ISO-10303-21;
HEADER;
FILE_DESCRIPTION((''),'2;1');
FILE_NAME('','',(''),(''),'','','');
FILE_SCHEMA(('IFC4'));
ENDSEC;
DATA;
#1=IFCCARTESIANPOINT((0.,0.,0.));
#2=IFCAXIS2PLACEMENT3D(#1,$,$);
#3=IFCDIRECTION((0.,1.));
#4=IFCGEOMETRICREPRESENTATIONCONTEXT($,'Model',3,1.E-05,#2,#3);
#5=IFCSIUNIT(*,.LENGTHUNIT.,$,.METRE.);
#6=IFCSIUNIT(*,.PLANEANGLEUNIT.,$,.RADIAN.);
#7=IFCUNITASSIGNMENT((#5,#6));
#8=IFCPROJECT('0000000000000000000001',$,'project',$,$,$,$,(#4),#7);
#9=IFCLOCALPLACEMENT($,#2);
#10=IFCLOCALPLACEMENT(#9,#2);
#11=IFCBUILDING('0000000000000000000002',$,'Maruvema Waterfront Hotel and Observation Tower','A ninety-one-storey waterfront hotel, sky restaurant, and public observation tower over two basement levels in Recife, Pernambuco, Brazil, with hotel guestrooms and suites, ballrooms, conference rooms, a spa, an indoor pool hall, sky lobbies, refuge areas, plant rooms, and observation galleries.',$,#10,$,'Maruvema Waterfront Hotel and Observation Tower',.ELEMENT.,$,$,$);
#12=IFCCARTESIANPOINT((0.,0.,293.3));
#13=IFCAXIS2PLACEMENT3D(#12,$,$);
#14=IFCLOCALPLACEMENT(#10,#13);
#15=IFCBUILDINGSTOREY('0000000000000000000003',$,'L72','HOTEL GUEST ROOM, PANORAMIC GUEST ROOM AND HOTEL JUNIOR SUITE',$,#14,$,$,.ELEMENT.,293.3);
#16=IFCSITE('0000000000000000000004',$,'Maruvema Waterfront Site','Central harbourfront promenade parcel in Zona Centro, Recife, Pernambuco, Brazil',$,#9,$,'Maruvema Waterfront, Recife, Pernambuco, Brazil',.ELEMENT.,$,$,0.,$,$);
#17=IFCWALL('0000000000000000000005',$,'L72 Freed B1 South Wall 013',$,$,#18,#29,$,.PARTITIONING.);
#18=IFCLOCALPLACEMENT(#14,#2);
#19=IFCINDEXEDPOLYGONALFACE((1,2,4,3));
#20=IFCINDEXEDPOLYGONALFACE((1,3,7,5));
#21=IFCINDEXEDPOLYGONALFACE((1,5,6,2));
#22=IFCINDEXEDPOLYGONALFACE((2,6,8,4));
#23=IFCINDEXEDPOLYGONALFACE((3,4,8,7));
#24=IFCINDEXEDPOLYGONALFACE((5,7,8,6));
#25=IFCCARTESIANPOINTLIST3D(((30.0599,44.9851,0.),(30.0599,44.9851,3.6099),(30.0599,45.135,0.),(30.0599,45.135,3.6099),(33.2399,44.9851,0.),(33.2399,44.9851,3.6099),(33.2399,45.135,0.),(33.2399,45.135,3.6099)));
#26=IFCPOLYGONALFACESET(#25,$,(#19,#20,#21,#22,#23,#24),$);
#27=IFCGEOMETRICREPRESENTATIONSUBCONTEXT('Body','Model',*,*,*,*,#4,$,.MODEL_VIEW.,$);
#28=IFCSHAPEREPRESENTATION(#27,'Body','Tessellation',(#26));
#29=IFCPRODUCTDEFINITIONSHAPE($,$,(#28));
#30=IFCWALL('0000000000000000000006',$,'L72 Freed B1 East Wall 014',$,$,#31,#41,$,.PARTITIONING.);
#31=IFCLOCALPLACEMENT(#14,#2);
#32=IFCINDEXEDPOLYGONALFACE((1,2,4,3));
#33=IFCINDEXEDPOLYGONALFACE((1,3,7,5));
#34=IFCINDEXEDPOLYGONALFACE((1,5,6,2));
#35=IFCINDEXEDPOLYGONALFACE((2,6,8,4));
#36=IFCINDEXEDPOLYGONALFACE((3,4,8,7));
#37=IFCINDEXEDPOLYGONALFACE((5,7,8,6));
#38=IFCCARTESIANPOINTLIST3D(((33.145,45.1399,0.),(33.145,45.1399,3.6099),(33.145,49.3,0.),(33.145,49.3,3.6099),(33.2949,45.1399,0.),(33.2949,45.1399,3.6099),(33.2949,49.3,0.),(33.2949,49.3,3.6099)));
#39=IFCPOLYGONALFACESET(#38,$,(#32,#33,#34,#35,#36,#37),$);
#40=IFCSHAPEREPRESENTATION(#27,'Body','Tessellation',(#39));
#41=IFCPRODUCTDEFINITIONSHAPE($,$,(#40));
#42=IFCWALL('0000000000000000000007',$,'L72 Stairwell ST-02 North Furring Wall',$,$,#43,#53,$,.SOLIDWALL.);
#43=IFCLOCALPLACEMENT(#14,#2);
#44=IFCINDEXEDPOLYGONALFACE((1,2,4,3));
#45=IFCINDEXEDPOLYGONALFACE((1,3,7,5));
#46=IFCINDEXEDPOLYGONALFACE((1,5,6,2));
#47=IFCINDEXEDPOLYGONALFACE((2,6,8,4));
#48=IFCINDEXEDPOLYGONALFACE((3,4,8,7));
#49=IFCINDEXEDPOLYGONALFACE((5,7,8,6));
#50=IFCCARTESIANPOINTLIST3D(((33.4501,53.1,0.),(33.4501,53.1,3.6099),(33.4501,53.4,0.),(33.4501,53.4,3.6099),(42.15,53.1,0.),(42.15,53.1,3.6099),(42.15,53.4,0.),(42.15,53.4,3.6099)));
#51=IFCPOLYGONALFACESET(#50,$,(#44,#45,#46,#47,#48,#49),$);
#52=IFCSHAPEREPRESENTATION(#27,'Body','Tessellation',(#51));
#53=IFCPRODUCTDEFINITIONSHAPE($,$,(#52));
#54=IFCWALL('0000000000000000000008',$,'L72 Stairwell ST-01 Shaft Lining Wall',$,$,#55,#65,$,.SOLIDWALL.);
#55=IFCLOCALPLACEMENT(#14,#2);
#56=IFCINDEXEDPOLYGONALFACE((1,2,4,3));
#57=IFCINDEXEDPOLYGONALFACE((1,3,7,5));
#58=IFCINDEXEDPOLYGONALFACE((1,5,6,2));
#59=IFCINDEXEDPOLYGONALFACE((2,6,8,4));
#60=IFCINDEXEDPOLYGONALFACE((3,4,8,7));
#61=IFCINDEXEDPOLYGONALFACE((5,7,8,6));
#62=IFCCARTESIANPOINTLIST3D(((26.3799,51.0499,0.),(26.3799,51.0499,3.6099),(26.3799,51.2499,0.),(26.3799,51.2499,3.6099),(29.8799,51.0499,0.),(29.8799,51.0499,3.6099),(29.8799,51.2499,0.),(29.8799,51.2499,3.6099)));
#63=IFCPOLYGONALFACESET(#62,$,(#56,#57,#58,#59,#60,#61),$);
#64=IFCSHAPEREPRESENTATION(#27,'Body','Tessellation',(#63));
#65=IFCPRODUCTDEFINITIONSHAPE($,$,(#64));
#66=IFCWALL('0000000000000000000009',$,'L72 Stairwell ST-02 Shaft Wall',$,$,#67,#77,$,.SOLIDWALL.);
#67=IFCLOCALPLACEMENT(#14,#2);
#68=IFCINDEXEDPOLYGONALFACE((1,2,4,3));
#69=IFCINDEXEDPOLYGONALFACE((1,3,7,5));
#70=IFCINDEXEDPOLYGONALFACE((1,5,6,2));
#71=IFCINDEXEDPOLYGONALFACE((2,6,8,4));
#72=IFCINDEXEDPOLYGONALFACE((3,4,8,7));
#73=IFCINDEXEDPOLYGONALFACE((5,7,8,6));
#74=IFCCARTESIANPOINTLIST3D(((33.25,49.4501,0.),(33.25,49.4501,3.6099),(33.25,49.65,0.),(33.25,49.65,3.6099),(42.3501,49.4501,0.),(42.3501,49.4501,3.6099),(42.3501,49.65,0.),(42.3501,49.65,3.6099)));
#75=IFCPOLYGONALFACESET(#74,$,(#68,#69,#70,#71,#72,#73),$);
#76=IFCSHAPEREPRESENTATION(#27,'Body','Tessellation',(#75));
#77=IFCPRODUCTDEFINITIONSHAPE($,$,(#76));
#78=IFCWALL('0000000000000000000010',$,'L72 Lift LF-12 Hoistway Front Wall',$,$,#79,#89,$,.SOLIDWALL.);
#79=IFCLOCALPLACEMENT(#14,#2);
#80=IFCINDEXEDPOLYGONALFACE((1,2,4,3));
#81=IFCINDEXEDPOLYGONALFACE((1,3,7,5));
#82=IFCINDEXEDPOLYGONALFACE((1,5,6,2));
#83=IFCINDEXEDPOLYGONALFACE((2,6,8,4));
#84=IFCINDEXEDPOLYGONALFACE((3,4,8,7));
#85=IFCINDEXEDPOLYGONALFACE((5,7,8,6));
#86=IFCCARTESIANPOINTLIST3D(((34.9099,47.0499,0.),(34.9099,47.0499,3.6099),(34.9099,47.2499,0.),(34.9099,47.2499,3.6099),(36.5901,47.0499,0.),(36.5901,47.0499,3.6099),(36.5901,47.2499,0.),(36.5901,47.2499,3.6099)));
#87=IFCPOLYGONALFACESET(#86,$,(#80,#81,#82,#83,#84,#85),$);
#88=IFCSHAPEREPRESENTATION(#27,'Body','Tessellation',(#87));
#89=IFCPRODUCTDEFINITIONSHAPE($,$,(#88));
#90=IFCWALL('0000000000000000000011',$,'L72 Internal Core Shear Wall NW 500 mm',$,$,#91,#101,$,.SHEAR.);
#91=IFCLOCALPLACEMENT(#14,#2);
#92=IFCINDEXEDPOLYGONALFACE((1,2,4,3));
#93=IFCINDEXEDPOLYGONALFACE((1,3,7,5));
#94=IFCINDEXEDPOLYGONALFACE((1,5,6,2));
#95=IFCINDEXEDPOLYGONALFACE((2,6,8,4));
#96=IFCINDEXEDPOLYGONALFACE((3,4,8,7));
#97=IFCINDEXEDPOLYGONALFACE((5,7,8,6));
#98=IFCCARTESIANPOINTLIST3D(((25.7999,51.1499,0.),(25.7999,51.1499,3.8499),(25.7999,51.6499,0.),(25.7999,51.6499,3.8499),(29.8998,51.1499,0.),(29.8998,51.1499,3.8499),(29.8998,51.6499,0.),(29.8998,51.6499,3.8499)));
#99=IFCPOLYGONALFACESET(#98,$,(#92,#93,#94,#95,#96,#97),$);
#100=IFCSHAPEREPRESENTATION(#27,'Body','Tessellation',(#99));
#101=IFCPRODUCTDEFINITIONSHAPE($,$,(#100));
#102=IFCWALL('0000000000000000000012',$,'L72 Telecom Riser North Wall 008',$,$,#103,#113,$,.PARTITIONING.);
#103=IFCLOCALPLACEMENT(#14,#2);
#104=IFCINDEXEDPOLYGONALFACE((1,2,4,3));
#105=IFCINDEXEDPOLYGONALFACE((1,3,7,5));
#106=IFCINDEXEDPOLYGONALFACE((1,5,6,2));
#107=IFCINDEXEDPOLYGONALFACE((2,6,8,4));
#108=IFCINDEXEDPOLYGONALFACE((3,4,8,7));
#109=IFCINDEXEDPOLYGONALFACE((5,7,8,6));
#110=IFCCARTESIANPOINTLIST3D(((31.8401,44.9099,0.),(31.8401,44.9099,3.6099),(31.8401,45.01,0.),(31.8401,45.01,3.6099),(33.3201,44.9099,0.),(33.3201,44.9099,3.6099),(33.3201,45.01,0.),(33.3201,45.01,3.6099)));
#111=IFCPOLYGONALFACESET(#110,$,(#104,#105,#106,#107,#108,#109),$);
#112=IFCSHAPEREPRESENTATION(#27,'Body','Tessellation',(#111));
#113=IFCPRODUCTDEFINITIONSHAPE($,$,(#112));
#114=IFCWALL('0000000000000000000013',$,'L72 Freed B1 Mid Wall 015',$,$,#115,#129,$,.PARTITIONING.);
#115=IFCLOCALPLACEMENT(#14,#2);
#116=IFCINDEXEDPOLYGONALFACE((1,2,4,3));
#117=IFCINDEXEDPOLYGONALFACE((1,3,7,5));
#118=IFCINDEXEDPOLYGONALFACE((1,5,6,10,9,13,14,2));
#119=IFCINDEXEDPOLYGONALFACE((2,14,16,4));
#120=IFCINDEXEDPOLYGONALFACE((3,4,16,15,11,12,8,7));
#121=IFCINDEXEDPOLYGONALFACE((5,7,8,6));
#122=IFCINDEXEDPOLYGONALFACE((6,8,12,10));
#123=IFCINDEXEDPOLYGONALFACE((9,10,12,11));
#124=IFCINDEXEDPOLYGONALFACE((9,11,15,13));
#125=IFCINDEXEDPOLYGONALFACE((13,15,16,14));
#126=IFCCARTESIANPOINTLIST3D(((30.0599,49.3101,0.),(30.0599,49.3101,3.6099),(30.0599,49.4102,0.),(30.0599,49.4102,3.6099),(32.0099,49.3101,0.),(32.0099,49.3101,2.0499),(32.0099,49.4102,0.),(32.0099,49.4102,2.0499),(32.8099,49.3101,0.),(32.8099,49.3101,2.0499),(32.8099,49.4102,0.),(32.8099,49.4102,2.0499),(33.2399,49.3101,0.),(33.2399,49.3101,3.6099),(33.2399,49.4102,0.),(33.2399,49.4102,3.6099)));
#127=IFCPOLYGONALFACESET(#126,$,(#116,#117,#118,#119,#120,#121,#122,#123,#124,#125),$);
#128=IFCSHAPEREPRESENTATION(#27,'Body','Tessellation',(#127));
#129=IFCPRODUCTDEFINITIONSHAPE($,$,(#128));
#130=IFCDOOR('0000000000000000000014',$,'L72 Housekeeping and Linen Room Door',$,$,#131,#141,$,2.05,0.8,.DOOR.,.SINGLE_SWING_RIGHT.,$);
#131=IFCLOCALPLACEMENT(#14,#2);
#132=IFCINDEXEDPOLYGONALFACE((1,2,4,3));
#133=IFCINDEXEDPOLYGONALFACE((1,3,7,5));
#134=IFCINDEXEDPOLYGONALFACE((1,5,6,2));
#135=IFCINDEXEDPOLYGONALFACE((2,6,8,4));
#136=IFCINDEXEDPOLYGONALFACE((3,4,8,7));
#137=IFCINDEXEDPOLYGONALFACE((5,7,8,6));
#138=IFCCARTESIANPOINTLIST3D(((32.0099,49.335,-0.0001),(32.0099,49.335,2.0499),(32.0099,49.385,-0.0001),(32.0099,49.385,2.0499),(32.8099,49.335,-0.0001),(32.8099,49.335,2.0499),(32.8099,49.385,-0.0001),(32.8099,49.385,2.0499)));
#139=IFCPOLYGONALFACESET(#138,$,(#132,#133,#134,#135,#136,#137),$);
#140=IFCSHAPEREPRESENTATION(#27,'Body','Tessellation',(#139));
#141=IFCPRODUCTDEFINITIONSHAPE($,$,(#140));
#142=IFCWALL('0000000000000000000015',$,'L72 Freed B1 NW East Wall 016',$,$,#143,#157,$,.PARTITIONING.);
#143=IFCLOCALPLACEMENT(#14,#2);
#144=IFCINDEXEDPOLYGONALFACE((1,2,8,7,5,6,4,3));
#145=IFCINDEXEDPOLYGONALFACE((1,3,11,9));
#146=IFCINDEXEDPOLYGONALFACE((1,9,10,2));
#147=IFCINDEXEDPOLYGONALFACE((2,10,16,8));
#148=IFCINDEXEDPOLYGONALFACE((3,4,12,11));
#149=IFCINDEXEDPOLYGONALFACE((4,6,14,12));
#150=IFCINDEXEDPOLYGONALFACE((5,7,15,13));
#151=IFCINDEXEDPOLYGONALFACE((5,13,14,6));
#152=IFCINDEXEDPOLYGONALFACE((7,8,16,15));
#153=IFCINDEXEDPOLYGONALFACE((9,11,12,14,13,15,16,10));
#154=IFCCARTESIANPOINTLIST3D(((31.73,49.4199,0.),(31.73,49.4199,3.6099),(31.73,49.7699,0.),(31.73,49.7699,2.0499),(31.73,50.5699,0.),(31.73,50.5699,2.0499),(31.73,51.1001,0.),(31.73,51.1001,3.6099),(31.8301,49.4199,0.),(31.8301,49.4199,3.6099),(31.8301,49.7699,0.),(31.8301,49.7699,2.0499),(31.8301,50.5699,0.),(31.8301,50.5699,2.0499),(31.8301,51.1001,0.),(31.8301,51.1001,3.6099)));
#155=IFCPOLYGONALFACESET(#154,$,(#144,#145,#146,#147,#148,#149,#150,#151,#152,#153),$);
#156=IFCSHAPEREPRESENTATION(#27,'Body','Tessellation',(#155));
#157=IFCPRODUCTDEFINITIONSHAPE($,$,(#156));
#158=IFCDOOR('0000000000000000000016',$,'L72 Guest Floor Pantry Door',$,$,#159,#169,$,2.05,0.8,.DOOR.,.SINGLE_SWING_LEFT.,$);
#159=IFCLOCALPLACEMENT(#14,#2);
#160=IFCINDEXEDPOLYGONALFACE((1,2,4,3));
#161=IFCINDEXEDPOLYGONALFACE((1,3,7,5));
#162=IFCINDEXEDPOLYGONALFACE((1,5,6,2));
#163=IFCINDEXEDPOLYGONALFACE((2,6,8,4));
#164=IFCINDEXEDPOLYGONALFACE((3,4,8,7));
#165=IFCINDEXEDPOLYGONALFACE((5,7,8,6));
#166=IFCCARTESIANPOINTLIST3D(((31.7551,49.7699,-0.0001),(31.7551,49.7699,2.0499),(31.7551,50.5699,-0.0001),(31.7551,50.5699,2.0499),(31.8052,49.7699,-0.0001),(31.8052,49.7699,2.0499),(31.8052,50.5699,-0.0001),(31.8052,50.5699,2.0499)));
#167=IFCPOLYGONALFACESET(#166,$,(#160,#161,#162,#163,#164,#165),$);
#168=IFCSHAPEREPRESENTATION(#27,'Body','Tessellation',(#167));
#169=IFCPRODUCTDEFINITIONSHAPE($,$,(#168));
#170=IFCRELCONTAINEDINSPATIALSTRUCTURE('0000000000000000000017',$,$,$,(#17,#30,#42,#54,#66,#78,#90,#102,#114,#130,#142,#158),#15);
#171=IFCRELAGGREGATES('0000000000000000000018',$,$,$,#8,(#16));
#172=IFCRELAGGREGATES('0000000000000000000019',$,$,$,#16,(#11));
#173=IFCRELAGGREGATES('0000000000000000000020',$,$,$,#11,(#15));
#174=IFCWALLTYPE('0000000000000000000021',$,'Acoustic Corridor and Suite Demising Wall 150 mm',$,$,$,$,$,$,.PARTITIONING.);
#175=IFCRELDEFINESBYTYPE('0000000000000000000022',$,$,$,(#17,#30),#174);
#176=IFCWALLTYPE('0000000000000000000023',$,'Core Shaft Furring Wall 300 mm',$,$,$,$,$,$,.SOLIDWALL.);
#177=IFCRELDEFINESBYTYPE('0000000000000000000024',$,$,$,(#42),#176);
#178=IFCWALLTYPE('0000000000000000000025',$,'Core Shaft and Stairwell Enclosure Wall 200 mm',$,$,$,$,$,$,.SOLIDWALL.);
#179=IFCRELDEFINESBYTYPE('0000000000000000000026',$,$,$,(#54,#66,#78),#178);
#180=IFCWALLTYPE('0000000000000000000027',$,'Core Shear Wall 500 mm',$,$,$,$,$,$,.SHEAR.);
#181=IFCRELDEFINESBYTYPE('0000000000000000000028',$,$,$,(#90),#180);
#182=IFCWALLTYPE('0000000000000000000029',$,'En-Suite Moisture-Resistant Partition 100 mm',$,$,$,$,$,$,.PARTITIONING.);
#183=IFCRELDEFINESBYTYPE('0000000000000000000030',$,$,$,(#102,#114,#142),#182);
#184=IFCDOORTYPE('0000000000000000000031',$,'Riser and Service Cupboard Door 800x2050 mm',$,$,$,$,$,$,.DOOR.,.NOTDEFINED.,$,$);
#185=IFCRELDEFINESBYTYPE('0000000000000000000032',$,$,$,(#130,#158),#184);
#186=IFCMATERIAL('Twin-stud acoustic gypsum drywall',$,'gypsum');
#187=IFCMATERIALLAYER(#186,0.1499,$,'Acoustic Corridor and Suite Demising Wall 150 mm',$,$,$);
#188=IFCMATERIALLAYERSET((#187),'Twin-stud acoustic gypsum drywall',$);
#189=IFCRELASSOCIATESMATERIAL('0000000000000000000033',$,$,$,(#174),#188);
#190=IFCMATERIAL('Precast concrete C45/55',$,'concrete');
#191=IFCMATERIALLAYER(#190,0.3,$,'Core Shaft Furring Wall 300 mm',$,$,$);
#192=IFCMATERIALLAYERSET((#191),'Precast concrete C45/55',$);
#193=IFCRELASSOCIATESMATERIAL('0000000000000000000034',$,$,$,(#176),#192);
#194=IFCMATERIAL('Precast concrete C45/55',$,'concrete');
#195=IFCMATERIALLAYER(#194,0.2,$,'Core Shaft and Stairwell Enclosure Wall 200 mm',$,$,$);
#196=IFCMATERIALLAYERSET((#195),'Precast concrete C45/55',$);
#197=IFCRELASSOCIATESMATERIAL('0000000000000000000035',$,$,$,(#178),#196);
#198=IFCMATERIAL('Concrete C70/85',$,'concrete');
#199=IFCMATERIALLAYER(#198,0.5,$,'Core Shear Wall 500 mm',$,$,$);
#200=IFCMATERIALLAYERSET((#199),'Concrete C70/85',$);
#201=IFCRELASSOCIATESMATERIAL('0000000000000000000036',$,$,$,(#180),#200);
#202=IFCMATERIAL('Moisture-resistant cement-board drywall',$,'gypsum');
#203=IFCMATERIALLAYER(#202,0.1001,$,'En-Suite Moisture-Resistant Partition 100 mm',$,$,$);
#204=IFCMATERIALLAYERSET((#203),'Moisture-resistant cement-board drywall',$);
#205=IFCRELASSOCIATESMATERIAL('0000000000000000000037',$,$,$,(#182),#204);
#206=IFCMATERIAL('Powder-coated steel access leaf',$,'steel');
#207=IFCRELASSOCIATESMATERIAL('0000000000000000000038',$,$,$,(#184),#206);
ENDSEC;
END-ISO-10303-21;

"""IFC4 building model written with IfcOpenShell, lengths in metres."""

from ifc_helpers import new_model, si_unit, direction, frame, frame_2d, origin, place, context, subcontext, project, spatial, rectangle, extrude, material, layer, layer_set, type_object, element, fill, save


model = new_model("IFC4")

# Units and contexts
model_context = context("Model", 3, precision=1e-05, world=origin(), true_north=direction((0.0, 1.0)))
body_context = subcontext(model_context, "Body", "Model", "MODEL_VIEW")
ifc_project = project(units=[si_unit("LENGTHUNIT", "METRE"), si_unit("PLANEANGLEUNIT", "RADIAN")], contexts=[model_context])

# Site, building, storey
site_placement = place(None, origin())
site = spatial("IfcSite", under=ifc_project, at=site_placement, Name="Maruvema Waterfront Site", Description="Central harbourfront promenade parcel in Zona Centro, Recife, Pernambuco, Brazil", LongName="Maruvema Waterfront, Recife, Pernambuco, Brazil", CompositionType="ELEMENT", RefElevation=0.0)
building_placement = place(site_placement, origin())
building = spatial("IfcBuilding", under=site, at=building_placement, Name="Maruvema Waterfront Hotel and Observation Tower", Description="A ninety-one-storey waterfront hotel, sky restaurant, and public observation tower over two basement levels in Recife, Pernambuco, Brazil, with hotel guestrooms and suites, ballrooms, conference rooms, a spa, an indoor pool hall, sky lobbies, refuge areas, plant rooms, and observation galleries.", LongName="Maruvema Waterfront Hotel and Observation Tower", CompositionType="ELEMENT")
storey_placement = place(building_placement, frame((0.0, 0.0, 293.3)))
storey = spatial("IfcBuildingStorey", under=building, at=storey_placement, Name="L72", Description="HOTEL GUEST ROOM, PANORAMIC GUEST ROOM AND HOTEL JUNIOR SUITE", CompositionType="ELEMENT", Elevation=293.3)

# Walls
ifc_material_1 = material(Name="Twin-stud acoustic gypsum drywall", Category="gypsum")
ifc_layer_1 = layer(ifc_material_1, 0.1499, Name="Acoustic Corridor and Suite Demising Wall 150 mm")
ifc_layer_set_1 = layer_set([ifc_layer_1], Name="Twin-stud acoustic gypsum drywall")
wall_type_1 = type_object("IfcWallType", Name="Acoustic Corridor and Suite Demising Wall 150 mm", PredefinedType="PARTITIONING", material=ifc_layer_set_1)
wall_1_placement = place(storey_placement, frame((30.0601, 45.0601, 0.0), z_axis=(0.0, 0.0, 1.0), x_axis=(1.0, 0.0, 0.0)))
element("IfcWall", 1, at=wall_1_placement, inside=storey, type_object=wall_type_1, Name="L72 Freed B1 South Wall 013", PredefinedType="PARTITIONING", context=body_context, shape_type="SweptSolid", body=[
    extrude(rectangle(XDim=3.1799, YDim=0.1499, at=frame_2d((1.5898, 0.0))), origin(), (0.0, 0.0, 1.0), 3.6099),
])
wall_2_placement = place(storey_placement, frame((33.22, 45.1399, 0.0), z_axis=(0.0, 0.0, 1.0), x_axis=(0.0, 1.0, 0.0)))
element("IfcWall", 2, at=wall_2_placement, inside=storey, type_object=wall_type_1, Name="L72 Freed B1 East Wall 014", PredefinedType="PARTITIONING", context=body_context, shape_type="SweptSolid", body=[
    extrude(rectangle(XDim=4.1602, YDim=0.1499, at=frame_2d((2.0801, 0.0))), origin(), (0.0, 0.0, 1.0), 3.6099),
])
ifc_material_2 = material(Name="Precast concrete C45/55", Category="concrete")
ifc_layer_2 = layer(ifc_material_2, 0.3, Name="Core Shaft Furring Wall 300 mm")
ifc_layer_set_2 = layer_set([ifc_layer_2], Name="Precast concrete C45/55")
wall_type_2 = type_object("IfcWallType", Name="Core Shaft Furring Wall 300 mm", PredefinedType="SOLIDWALL", material=ifc_layer_set_2)
wall_3_placement = place(storey_placement, frame((33.45, 53.25, 0.0), z_axis=(0.0, 0.0, 1.0), x_axis=(1.0, 0.0, 0.0)))
element("IfcWall", 3, at=wall_3_placement, inside=storey, type_object=wall_type_2, Name="L72 Stairwell ST-02 North Furring Wall", PredefinedType="SOLIDWALL", context=body_context, shape_type="SweptSolid", body=[
    extrude(rectangle(XDim=8.7, YDim=0.3, at=frame_2d((4.3501, 0.0))), origin(), (0.0, 0.0, 1.0), 3.6099),
])
ifc_material_3 = material(Name="Precast concrete C45/55", Category="concrete")
ifc_layer_3 = layer(ifc_material_3, 0.2, Name="Core Shaft and Stairwell Enclosure Wall 200 mm")
ifc_layer_set_3 = layer_set([ifc_layer_3], Name="Precast concrete C45/55")
wall_type_3 = type_object("IfcWallType", Name="Core Shaft and Stairwell Enclosure Wall 200 mm", PredefinedType="SOLIDWALL", material=ifc_layer_set_3)
wall_4_placement = place(storey_placement, frame((26.3799, 51.1499, 0.0), z_axis=(0.0, 0.0, 1.0), x_axis=(1.0, 0.0, 0.0)))
element("IfcWall", 4, at=wall_4_placement, inside=storey, type_object=wall_type_3, Name="L72 Stairwell ST-01 Shaft Lining Wall", PredefinedType="SOLIDWALL", context=body_context, shape_type="SweptSolid", body=[
    extrude(rectangle(XDim=3.5, YDim=0.2, at=frame_2d((1.75, 0.0))), origin(), (0.0, 0.0, 1.0), 3.6099),
])
wall_5_placement = place(storey_placement, frame((33.25, 49.55, 0.0), z_axis=(0.0, 0.0, 1.0), x_axis=(1.0, 0.0, 0.0)))
element("IfcWall", 5, at=wall_5_placement, inside=storey, type_object=wall_type_3, Name="L72 Stairwell ST-02 Shaft Wall", PredefinedType="SOLIDWALL", context=body_context, shape_type="SweptSolid", body=[
    extrude(rectangle(XDim=9.1001, YDim=0.2, at=frame_2d((4.55, 0.0))), origin(), (0.0, 0.0, 1.0), 3.6099),
])

# Walls
wall_6_placement = place(storey_placement, frame((34.9099, 47.1499, 0.0), z_axis=(0.0, 0.0, 1.0), x_axis=(1.0, 0.0, 0.0)))
element("IfcWall", 6, at=wall_6_placement, inside=storey, type_object=wall_type_3, Name="L72 Lift LF-12 Hoistway Front Wall", PredefinedType="SOLIDWALL", context=body_context, shape_type="SweptSolid", body=[
    extrude(rectangle(XDim=1.6802, YDim=0.2, at=frame_2d((0.8401, 0.0))), origin(), (0.0, 0.0, 1.0), 3.6099),
])
ifc_material_4 = material(Name="Concrete C70/85", Category="concrete")
ifc_layer_4 = layer(ifc_material_4, 0.5, Name="Core Shear Wall 500 mm")
ifc_layer_set_4 = layer_set([ifc_layer_4], Name="Concrete C70/85")
wall_type_4 = type_object("IfcWallType", Name="Core Shear Wall 500 mm", PredefinedType="SHEAR", material=ifc_layer_set_4)
wall_7_placement = place(storey_placement, frame((25.8, 51.3999, 0.0), z_axis=(0.0, 0.0, 1.0), x_axis=(1.0, 0.0, 0.0)))
element("IfcWall", 7, at=wall_7_placement, inside=storey, type_object=wall_type_4, Name="L72 Internal Core Shear Wall NW 500 mm", PredefinedType="SHEAR", context=body_context, shape_type="SweptSolid", body=[
    extrude(rectangle(XDim=4.0999, YDim=0.5, at=frame_2d((2.0498, 0.0))), origin(), (0.0, 0.0, 1.0), 3.8499),
])
ifc_material_5 = material(Name="Moisture-resistant cement-board drywall", Category="gypsum")
ifc_layer_5 = layer(ifc_material_5, 0.1001, Name="En-Suite Moisture-Resistant Partition 100 mm")
ifc_layer_set_5 = layer_set([ifc_layer_5], Name="Moisture-resistant cement-board drywall")
wall_type_5 = type_object("IfcWallType", Name="En-Suite Moisture-Resistant Partition 100 mm", PredefinedType="PARTITIONING", material=ifc_layer_set_5)
wall_8_placement = place(storey_placement, frame((31.8401, 44.96, 0.0), z_axis=(0.0, 0.0, 1.0), x_axis=(1.0, 0.0, 0.0)))
element("IfcWall", 8, at=wall_8_placement, inside=storey, type_object=wall_type_5, Name="L72 Telecom Riser North Wall 008", PredefinedType="PARTITIONING", context=body_context, shape_type="SweptSolid", body=[
    extrude(rectangle(XDim=1.48, YDim=0.1001, at=frame_2d((0.74, 0.0))), origin(), (0.0, 0.0, 1.0), 3.6099),
])

# Walls, openings, doors
wall_9_placement = place(storey_placement, frame((30.0601, 49.3601, 0.0), z_axis=(0.0, 0.0, 1.0), x_axis=(1.0, 0.0, 0.0)))
wall_9 = element("IfcWall", 9, at=wall_9_placement, inside=storey, type_object=wall_type_5, Name="L72 Freed B1 Mid Wall 015", PredefinedType="PARTITIONING", context=body_context, shape_type="SweptSolid", body=[
    extrude(rectangle(XDim=3.1799, YDim=0.1001, at=frame_2d((1.5898, 0.0))), origin(), (0.0, 0.0, 1.0), 3.6099),
])
opening_1_placement = place(wall_9_placement, frame((1.95, 0.0, 0.0)))
opening_1 = element("IfcOpeningElement", 10, at=opening_1_placement, cuts=wall_9, PredefinedType="OPENING", context=body_context, shape_type="SweptSolid", body=[
    extrude(rectangle(XDim=0.8, YDim=2.05, at=frame_2d((0.3999, 1.0249))), frame((0.0, 0.0601, 0.0), z_axis=(0.0, -1.0, 0.0), x_axis=(1.0, 0.0, 0.0)), (0.0, 0.0, 1.0), 0.1201),
])
ifc_material_6 = material(Name="Powder-coated steel access leaf", Category="steel")
door_type_1 = type_object("IfcDoorType", Name="Riser and Service Cupboard Door 800x2050 mm", OperationType="NOTDEFINED", PredefinedType="DOOR", material=ifc_material_6)
door_1_placement = place(opening_1_placement, origin())
door_1 = element("IfcDoor", 11, at=door_1_placement, inside=storey, type_object=door_type_1, Name="L72 Housekeeping and Linen Room Door", OperationType="SINGLE_SWING_RIGHT", OverallHeight=2.05, OverallWidth=0.8, PredefinedType="DOOR", context=body_context, shape_type="SweptSolid", body=[
    extrude(rectangle(XDim=0.8, YDim=2.05, at=frame_2d((0.3999, 1.0249))), frame((0.0, 0.0249, 0.0), z_axis=(0.0, -1.0, 0.0), x_axis=(1.0, 0.0, 0.0)), (0.0, 0.0, 1.0), 0.05),
])
fill(opening_1, door_1)
wall_10_placement = place(storey_placement, frame((31.78, 49.4199, 0.0), z_axis=(0.0, 0.0, 1.0), x_axis=(0.0, 1.0, 0.0)))
wall_10 = element("IfcWall", 12, at=wall_10_placement, inside=storey, type_object=wall_type_5, Name="L72 Freed B1 NW East Wall 016", PredefinedType="PARTITIONING", context=body_context, shape_type="SweptSolid", body=[
    extrude(rectangle(XDim=1.6802, YDim=0.1001, at=frame_2d((0.8401, 0.0))), origin(), (0.0, 0.0, 1.0), 3.6099),
])
opening_2_placement = place(wall_10_placement, frame((0.3501, 0.0, 0.0)))
opening_2 = element("IfcOpeningElement", 13, at=opening_2_placement, cuts=wall_10, PredefinedType="OPENING", context=body_context, shape_type="SweptSolid", body=[
    extrude(rectangle(XDim=0.8, YDim=2.05, at=frame_2d((0.3999, 1.0249))), frame((0.0, 0.0601, 0.0), z_axis=(0.0, -1.0, 0.0), x_axis=(1.0, 0.0, 0.0)), (0.0, 0.0, 1.0), 0.1201),
])
door_2_placement = place(opening_2_placement, origin())
door_2 = element("IfcDoor", 14, at=door_2_placement, inside=storey, type_object=door_type_1, Name="L72 Guest Floor Pantry Door", OperationType="SINGLE_SWING_LEFT", OverallHeight=2.05, OverallWidth=0.8, PredefinedType="DOOR", context=body_context, shape_type="SweptSolid", body=[
    extrude(rectangle(XDim=0.8, YDim=2.05, at=frame_2d((0.3999, 1.0249))), frame((0.0, 0.0249, 0.0), z_axis=(0.0, -1.0, 0.0), x_axis=(1.0, 0.0, 0.0)), (0.0, 0.0, 1.0), 0.05),
])
fill(opening_2, door_2)

save(model, "model.ifc")
